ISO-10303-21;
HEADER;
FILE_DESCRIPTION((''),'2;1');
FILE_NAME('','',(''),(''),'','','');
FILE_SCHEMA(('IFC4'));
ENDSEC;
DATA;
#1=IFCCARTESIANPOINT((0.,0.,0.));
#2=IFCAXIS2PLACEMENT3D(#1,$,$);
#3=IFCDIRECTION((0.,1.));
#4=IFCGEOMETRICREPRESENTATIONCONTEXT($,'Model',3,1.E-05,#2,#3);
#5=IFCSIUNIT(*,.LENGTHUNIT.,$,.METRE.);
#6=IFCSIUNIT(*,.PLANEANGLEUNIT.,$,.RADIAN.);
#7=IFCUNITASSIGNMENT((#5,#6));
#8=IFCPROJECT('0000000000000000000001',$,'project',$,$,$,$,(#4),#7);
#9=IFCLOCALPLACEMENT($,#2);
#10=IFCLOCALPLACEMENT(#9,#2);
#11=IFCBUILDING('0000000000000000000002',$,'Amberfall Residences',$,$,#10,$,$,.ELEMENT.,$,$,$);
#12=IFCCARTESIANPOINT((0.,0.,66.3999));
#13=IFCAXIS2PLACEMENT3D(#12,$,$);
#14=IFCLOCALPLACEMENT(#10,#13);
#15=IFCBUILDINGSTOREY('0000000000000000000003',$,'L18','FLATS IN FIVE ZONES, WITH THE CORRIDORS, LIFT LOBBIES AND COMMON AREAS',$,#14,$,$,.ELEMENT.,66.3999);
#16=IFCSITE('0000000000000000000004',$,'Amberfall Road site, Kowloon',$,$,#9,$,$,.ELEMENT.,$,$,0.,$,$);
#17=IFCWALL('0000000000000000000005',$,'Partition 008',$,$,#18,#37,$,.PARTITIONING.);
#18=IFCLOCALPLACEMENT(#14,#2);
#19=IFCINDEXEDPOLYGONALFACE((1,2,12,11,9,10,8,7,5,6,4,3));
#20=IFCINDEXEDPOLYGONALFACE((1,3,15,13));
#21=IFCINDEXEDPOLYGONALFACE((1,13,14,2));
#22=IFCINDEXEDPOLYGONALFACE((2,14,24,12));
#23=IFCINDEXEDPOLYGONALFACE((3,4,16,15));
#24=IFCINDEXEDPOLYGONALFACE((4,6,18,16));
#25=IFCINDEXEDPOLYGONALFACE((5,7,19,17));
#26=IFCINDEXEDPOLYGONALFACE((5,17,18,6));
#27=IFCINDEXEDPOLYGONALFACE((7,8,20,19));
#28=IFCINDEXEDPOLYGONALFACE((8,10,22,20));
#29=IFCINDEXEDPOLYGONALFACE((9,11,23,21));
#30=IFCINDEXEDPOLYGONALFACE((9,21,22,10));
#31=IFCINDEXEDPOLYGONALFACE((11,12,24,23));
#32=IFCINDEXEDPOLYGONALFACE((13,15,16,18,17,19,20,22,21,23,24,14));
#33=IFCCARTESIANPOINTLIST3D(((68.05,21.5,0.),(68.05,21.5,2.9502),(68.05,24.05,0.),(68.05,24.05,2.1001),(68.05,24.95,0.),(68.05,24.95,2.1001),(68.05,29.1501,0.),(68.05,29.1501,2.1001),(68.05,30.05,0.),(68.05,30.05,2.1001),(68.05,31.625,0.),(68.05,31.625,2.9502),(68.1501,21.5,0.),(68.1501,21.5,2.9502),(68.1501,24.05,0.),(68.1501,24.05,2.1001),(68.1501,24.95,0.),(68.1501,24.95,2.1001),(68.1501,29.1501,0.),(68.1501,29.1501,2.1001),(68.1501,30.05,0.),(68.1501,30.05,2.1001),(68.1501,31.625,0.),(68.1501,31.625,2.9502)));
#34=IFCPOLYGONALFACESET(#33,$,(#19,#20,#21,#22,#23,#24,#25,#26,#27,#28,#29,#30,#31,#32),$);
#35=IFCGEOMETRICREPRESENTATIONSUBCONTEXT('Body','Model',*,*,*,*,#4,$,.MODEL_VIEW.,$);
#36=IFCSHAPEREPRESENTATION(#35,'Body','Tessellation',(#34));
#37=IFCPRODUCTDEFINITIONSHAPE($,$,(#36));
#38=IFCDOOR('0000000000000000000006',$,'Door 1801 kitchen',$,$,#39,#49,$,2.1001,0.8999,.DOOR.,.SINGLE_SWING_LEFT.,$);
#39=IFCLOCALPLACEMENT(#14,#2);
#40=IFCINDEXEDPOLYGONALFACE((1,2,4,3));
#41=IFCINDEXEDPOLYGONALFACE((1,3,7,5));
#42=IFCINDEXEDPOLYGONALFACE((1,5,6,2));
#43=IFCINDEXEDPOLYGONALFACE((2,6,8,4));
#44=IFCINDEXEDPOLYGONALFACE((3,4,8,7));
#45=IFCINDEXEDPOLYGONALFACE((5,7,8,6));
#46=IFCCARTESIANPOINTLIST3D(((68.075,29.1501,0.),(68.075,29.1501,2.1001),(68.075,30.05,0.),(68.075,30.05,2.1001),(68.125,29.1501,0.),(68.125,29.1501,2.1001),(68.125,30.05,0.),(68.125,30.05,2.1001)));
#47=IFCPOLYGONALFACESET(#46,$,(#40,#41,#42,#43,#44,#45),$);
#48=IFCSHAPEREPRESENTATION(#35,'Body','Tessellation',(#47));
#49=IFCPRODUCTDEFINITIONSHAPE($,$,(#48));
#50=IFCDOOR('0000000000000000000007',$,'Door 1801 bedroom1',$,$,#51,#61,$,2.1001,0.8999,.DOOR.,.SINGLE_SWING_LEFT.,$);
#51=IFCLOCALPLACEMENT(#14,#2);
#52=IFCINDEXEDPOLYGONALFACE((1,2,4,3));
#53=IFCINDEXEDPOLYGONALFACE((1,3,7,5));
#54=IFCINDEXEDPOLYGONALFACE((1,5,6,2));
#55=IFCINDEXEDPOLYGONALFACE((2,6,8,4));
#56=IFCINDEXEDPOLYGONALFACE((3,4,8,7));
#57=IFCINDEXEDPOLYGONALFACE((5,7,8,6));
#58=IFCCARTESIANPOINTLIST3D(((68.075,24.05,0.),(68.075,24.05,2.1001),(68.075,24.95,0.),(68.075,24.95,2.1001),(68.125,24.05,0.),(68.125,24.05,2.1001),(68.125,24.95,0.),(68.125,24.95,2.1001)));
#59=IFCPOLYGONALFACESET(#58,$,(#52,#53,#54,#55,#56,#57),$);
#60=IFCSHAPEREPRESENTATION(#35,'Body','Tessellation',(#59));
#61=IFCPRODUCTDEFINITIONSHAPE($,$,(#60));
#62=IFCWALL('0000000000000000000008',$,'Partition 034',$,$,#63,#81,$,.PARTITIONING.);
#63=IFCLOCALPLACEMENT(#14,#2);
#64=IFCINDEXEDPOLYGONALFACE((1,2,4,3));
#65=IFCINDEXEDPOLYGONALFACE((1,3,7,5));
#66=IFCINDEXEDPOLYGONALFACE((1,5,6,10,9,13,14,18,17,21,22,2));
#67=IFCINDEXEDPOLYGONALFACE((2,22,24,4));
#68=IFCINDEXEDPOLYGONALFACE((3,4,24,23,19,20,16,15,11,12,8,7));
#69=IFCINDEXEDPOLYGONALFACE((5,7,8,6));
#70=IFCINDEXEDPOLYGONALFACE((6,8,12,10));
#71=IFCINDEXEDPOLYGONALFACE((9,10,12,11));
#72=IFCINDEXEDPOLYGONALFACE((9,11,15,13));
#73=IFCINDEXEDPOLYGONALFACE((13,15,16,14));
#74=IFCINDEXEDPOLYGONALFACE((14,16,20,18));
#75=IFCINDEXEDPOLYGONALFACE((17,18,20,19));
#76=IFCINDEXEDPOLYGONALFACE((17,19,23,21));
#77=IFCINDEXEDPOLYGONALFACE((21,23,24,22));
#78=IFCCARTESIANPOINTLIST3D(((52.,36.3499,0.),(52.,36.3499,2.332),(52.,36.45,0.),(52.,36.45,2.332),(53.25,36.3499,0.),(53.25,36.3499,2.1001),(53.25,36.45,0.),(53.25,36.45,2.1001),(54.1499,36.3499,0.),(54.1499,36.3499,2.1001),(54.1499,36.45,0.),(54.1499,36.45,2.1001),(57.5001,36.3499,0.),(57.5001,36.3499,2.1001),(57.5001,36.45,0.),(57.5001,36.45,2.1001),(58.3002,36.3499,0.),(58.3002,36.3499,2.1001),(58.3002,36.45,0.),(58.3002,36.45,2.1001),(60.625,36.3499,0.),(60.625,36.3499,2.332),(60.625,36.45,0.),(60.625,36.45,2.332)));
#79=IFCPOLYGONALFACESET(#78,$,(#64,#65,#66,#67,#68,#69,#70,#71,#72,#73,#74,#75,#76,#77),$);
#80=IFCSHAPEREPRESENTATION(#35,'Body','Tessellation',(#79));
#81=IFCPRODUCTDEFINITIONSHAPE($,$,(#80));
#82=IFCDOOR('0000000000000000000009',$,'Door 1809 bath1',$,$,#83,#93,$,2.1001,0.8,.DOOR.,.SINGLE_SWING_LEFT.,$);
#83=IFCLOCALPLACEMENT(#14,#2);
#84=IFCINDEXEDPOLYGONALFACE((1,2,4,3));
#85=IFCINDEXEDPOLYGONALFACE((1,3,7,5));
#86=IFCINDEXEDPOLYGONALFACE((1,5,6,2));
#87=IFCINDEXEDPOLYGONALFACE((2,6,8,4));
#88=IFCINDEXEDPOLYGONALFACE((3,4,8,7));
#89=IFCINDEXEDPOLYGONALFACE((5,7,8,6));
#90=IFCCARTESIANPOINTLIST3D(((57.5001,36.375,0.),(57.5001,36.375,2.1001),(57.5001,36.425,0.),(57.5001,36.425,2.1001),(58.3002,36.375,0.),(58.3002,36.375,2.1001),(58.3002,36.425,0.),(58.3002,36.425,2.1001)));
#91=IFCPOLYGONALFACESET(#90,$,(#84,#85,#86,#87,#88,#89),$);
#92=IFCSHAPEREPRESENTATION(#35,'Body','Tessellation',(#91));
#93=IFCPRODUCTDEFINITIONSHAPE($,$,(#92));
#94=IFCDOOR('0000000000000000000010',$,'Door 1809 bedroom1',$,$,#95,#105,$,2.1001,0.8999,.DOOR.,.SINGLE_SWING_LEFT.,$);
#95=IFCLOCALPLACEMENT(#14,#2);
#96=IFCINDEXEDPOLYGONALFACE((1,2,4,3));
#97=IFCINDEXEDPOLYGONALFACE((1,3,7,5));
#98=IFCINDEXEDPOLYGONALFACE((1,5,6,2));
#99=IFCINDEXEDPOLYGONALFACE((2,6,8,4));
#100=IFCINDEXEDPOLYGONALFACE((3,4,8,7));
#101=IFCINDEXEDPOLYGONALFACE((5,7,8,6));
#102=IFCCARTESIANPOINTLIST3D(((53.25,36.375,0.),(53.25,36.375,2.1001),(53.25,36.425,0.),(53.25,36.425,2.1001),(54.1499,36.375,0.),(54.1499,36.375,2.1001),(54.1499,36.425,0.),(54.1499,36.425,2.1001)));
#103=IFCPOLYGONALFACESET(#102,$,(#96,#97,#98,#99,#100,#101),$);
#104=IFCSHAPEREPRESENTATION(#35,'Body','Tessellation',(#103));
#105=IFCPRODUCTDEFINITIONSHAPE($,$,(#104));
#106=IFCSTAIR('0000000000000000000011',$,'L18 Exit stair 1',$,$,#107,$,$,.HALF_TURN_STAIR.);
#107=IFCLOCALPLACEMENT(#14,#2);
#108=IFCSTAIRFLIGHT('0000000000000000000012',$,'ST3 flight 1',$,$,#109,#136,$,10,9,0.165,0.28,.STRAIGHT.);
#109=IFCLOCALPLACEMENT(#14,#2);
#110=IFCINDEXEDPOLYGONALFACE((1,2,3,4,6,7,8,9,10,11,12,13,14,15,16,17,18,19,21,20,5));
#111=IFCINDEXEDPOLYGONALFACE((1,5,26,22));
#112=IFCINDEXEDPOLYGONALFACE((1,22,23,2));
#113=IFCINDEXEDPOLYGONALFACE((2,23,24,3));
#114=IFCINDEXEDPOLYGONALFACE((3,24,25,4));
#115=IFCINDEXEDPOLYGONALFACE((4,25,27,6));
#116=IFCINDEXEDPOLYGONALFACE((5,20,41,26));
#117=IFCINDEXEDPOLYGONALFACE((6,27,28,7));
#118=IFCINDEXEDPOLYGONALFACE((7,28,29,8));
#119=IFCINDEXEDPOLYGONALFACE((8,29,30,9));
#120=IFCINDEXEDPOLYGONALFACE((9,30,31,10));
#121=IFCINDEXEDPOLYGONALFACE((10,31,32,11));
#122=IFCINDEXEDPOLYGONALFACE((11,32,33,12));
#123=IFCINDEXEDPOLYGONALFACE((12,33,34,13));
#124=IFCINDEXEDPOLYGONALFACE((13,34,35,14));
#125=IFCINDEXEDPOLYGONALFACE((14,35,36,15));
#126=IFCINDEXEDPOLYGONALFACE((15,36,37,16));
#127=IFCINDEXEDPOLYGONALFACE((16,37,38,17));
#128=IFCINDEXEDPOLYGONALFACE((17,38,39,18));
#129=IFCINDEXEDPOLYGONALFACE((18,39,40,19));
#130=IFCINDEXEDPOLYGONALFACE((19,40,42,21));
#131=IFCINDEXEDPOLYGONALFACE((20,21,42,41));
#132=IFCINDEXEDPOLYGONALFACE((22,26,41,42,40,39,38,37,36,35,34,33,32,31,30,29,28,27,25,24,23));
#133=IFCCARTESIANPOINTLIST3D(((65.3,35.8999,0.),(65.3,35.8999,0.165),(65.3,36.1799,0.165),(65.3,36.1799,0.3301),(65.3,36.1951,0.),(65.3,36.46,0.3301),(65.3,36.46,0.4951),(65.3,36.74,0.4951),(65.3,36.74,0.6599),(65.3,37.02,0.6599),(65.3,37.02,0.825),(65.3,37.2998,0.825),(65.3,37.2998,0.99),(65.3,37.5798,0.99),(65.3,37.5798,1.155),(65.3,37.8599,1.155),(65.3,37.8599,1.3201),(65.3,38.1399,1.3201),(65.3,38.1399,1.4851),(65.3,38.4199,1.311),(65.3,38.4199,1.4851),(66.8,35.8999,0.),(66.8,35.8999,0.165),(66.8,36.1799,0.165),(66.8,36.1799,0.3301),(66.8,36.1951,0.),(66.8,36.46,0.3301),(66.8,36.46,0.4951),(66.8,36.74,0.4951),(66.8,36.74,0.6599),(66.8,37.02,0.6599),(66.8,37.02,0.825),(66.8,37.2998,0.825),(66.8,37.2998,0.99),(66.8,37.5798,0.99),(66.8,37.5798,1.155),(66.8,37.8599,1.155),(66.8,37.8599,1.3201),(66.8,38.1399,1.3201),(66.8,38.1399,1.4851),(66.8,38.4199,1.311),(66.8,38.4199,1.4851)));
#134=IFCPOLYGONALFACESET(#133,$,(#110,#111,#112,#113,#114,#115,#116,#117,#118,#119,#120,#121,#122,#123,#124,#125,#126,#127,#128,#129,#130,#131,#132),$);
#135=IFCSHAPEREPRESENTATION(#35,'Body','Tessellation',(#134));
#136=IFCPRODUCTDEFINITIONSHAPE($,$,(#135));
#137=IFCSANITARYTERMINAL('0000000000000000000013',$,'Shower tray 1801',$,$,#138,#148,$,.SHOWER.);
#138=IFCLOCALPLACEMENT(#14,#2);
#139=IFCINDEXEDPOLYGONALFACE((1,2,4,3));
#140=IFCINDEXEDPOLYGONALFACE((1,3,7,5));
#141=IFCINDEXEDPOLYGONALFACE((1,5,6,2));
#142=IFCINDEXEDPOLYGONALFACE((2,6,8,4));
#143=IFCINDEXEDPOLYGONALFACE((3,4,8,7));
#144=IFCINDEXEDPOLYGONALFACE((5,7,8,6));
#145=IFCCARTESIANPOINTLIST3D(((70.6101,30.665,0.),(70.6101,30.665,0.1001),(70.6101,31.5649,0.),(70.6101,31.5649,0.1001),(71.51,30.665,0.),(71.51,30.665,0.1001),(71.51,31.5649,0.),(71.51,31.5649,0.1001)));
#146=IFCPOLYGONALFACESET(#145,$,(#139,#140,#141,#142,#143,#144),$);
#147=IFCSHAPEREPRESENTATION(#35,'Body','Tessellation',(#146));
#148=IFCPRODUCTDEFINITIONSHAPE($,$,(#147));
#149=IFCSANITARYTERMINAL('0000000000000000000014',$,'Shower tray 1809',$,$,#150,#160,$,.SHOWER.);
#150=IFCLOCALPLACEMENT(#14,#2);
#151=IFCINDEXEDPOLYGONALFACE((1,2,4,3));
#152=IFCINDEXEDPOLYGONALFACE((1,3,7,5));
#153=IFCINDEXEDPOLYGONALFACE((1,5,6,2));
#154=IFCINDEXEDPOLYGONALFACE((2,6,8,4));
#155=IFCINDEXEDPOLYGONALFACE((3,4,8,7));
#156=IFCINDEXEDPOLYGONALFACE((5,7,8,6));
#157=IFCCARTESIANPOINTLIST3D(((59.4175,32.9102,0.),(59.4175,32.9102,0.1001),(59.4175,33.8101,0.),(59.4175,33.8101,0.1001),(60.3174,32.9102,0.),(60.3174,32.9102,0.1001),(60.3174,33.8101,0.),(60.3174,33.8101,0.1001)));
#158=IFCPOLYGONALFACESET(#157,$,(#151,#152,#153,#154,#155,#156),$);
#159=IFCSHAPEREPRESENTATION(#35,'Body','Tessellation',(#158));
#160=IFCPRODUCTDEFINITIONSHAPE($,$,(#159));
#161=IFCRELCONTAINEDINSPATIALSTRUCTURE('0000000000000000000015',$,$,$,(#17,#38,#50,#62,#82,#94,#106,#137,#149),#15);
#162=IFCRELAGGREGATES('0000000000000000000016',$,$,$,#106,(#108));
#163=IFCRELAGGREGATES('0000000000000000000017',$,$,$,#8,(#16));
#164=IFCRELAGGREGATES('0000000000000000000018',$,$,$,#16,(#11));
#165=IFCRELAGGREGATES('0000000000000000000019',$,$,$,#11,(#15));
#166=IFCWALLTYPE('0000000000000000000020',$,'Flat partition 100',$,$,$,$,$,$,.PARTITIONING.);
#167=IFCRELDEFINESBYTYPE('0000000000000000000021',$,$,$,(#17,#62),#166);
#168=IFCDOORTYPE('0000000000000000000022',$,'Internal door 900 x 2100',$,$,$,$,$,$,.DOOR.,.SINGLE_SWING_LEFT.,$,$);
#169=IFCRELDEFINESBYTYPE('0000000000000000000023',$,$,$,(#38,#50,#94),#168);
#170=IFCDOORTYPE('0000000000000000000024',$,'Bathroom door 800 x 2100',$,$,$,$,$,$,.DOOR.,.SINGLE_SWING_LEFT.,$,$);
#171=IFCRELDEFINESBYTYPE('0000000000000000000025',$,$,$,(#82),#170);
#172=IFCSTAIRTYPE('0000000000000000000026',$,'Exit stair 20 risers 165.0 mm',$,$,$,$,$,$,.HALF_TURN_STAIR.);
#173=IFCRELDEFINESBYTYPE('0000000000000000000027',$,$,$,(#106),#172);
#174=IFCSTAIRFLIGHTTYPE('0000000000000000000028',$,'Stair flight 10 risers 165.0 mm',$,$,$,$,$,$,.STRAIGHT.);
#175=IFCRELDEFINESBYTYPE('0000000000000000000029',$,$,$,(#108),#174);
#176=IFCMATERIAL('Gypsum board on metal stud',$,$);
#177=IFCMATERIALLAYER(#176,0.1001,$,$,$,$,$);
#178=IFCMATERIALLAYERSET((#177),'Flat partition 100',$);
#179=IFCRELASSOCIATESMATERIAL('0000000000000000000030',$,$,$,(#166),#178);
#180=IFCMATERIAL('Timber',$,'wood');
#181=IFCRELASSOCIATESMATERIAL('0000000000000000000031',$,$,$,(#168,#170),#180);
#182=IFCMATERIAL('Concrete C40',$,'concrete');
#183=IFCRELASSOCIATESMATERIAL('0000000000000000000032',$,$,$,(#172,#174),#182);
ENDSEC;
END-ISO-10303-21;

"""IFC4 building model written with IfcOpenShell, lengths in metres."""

from ifc_helpers import new_model, si_unit, direction, frame, frame_2d, origin, origin_2d, place, context, subcontext, project, spatial, polyline, rectangle, outline, extrude, material, layer, layer_set, type_object, element, fill, aggregate, save


model = new_model("IFC4")

# Units and contexts
model_context = context("Model", 3, precision=1e-05, world=origin(), true_north=direction((0.0, 1.0)))
body_context = subcontext(model_context, "Body", "Model", "MODEL_VIEW")
ifc_project = project(units=[si_unit("LENGTHUNIT", "METRE"), si_unit("PLANEANGLEUNIT", "RADIAN")], contexts=[model_context])

# Site, building, storey
site_placement = place(None, origin())
site = spatial("IfcSite", under=ifc_project, at=site_placement, Name="Amberfall Road site, Kowloon", CompositionType="ELEMENT", RefElevation=0.0)
building_placement = place(site_placement, origin())
building = spatial("IfcBuilding", under=site, at=building_placement, Name="Amberfall Residences", CompositionType="ELEMENT")
storey_placement = place(building_placement, frame((0.0, 0.0, 66.3999)))
storey = spatial("IfcBuildingStorey", under=building, at=storey_placement, Name="L18", Description="FLATS IN FIVE ZONES, WITH THE CORRIDORS, LIFT LOBBIES AND COMMON AREAS", CompositionType="ELEMENT", Elevation=66.3999)

# Walls, openings, doors
ifc_material_1 = material(Name="Gypsum board on metal stud")
ifc_layer_1 = layer(ifc_material_1, 0.1001)
ifc_layer_set_1 = layer_set([ifc_layer_1], Name="Flat partition 100")
wall_type_1 = type_object("IfcWallType", Name="Flat partition 100", PredefinedType="PARTITIONING", material=ifc_layer_set_1)
wall_1_placement = place(storey_placement, frame((68.1001, 31.625, 0.0), z_axis=(0.0, 0.0, 1.0), x_axis=(0.0, -1.0, 0.0)))
wall_1 = element("IfcWall", 1, at=wall_1_placement, inside=storey, type_object=wall_type_1, Name="Partition 008", PredefinedType="PARTITIONING", context=body_context, shape_type="SweptSolid", body=[
    extrude(rectangle(XDim=10.125, YDim=0.1001, at=frame_2d((5.0625, 0.0))), origin(), (0.0, 0.0, 1.0), 2.9502),
])
opening_1_placement = place(wall_1_placement, frame((1.575, 0.0, 0.0)))
opening_1 = element("IfcOpeningElement", 2, at=opening_1_placement, cuts=wall_1, PredefinedType="OPENING", context=body_context, shape_type="SweptSolid", body=[
    extrude(rectangle(XDim=0.8999, YDim=2.1001, at=frame_2d((0.45, 1.05))), frame((0.0, 0.0601, 0.0), z_axis=(0.0, -1.0, 0.0), x_axis=(1.0, 0.0, 0.0)), (0.0, 0.0, 1.0), 0.1201),
])
opening_2_placement = place(wall_1_placement, frame((6.675, 0.0, 0.0)))
opening_2 = element("IfcOpeningElement", 3, at=opening_2_placement, cuts=wall_1, PredefinedType="OPENING", context=body_context, shape_type="SweptSolid", body=[
    extrude(rectangle(XDim=0.8999, YDim=2.1001, at=frame_2d((0.45, 1.05))), frame((0.0, 0.0601, 0.0), z_axis=(0.0, -1.0, 0.0), x_axis=(1.0, 0.0, 0.0)), (0.0, 0.0, 1.0), 0.1201),
])
ifc_material_2 = material(Name="Timber", Category="wood")
door_type_1 = type_object("IfcDoorType", Name="Internal door 900 x 2100", OperationType="SINGLE_SWING_LEFT", PredefinedType="DOOR", material=ifc_material_2)
door_1_placement = place(opening_1_placement, origin())
door_1 = element("IfcDoor", 4, at=door_1_placement, inside=storey, type_object=door_type_1, Name="Door 1801 kitchen", OperationType="SINGLE_SWING_LEFT", OverallHeight=2.1001, OverallWidth=0.8999, PredefinedType="DOOR", context=body_context, shape_type="SweptSolid", body=[
    extrude(rectangle(XDim=0.8999, YDim=2.1001, at=frame_2d((0.45, 1.05))), frame((0.0, 0.0249, 0.0), z_axis=(0.0, -1.0, 0.0), x_axis=(1.0, 0.0, 0.0)), (0.0, 0.0, 1.0), 0.05),
])
fill(opening_1, door_1)
door_2_placement = place(opening_2_placement, origin())
door_2 = element("IfcDoor", 5, at=door_2_placement, inside=storey, type_object=door_type_1, Name="Door 1801 bedroom1", OperationType="SINGLE_SWING_LEFT", OverallHeight=2.1001, OverallWidth=0.8999, PredefinedType="DOOR", context=body_context, shape_type="SweptSolid", body=[
    extrude(rectangle(XDim=0.8999, YDim=2.1001, at=frame_2d((0.45, 1.05))), frame((0.0, 0.0249, 0.0), z_axis=(0.0, -1.0, 0.0), x_axis=(1.0, 0.0, 0.0)), (0.0, 0.0, 1.0), 0.05),
])
fill(opening_2, door_2)
wall_2_placement = place(storey_placement, frame((60.625, 36.3999, 0.0), z_axis=(0.0, 0.0, 1.0), x_axis=(-1.0, 0.0, 0.0)))
wall_2 = element("IfcWall", 6, at=wall_2_placement, inside=storey, type_object=wall_type_1, Name="Partition 034", PredefinedType="PARTITIONING", context=body_context, shape_type="SweptSolid", body=[
    extrude(rectangle(XDim=8.625, YDim=0.1001, at=frame_2d((4.3125, 0.0))), origin(), (0.0, 0.0, 1.0), 2.332),
])
opening_3_placement = place(wall_2_placement, frame((6.4751, 0.0, 0.0)))
opening_3 = element("IfcOpeningElement", 7, at=opening_3_placement, cuts=wall_2, PredefinedType="OPENING", context=body_context, shape_type="SweptSolid", body=[
    extrude(rectangle(XDim=0.8999, YDim=2.1001, at=frame_2d((0.45, 1.05))), frame((0.0, 0.0601, 0.0), z_axis=(0.0, -1.0, 0.0), x_axis=(1.0, 0.0, 0.0)), (0.0, 0.0, 1.0), 0.1201),
])
opening_4_placement = place(wall_2_placement, frame((2.325, 0.0, 0.0)))
opening_4 = element("IfcOpeningElement", 8, at=opening_4_placement, cuts=wall_2, PredefinedType="OPENING", context=body_context, shape_type="SweptSolid", body=[
    extrude(rectangle(XDim=0.8, YDim=2.1001, at=frame_2d((0.3999, 1.05))), frame((0.0, 0.0601, 0.0), z_axis=(0.0, -1.0, 0.0), x_axis=(1.0, 0.0, 0.0)), (0.0, 0.0, 1.0), 0.1201),
])
door_type_2 = type_object("IfcDoorType", Name="Bathroom door 800 x 2100", OperationType="SINGLE_SWING_LEFT", PredefinedType="DOOR", material=ifc_material_2)
door_3_placement = place(opening_4_placement, origin())
door_3 = element("IfcDoor", 9, at=door_3_placement, inside=storey, type_object=door_type_2, Name="Door 1809 bath1", OperationType="SINGLE_SWING_LEFT", OverallHeight=2.1001, OverallWidth=0.8, PredefinedType="DOOR", context=body_context, shape_type="SweptSolid", body=[
    extrude(rectangle(XDim=0.8, YDim=2.1001, at=frame_2d((0.3999, 1.05))), frame((0.0, 0.0249, 0.0), z_axis=(0.0, -1.0, 0.0), x_axis=(1.0, 0.0, 0.0)), (0.0, 0.0, 1.0), 0.05),
])
fill(opening_4, door_3)
door_4_placement = place(opening_3_placement, origin())
door_4 = element("IfcDoor", 10, at=door_4_placement, inside=storey, type_object=door_type_1, Name="Door 1809 bedroom1", OperationType="SINGLE_SWING_LEFT", OverallHeight=2.1001, OverallWidth=0.8999, PredefinedType="DOOR", context=body_context, shape_type="SweptSolid", body=[
    extrude(rectangle(XDim=0.8999, YDim=2.1001, at=frame_2d((0.45, 1.05))), frame((0.0, 0.0249, 0.0), z_axis=(0.0, -1.0, 0.0), x_axis=(1.0, 0.0, 0.0)), (0.0, 0.0, 1.0), 0.05),
])
fill(opening_3, door_4)

# Stair, stair flight
ifc_material_3 = material(Name="Concrete C40", Category="concrete")
stair_type = type_object("IfcStairType", Name="Exit stair 20 risers 165.0 mm", PredefinedType="HALF_TURN_STAIR", material=ifc_material_3)
stair_placement = place(storey_placement, origin())
stair = element("IfcStair", 11, at=stair_placement, inside=storey, type_object=stair_type, Name="L18 Exit stair 1", PredefinedType="HALF_TURN_STAIR")
stair_flight_type = type_object("IfcStairFlightType", Name="Stair flight 10 risers 165.0 mm", PredefinedType="STRAIGHT", material=ifc_material_3)
stair_flight_placement = place(storey_placement, frame((66.05, 35.8999, 0.0), z_axis=(0.0, 0.0, 1.0), x_axis=(0.0, 1.0, 0.0)))
stair_flight = element("IfcStairFlight", 12, at=stair_flight_placement, type_object=stair_flight_type, Name="ST3 flight 1", NumberOfRisers=10, NumberOfTreads=9, PredefinedType="STRAIGHT", RiserHeight=0.165, TreadLength=0.28, context=body_context, shape_type="SweptSolid", body=[
    extrude(outline(polyline([(0.0, 0.0), (0.0, 0.165), (0.28, 0.165), (0.28, 0.3301), (0.5601, 0.3301), (0.5601, 0.4951), (0.8401, 0.4951), (0.8401, 0.6599), (1.1201, 0.6599), (1.1201, 0.825), (1.3999, 0.825), (1.3999, 0.99), (1.6799, 0.99), (1.6799, 1.155), (1.96, 1.155), (1.96, 1.3201), (2.24, 1.3201), (2.24, 1.4851), (2.52, 1.4851), (2.52, 1.6499), (2.52, 1.311), (0.2952, 0.0), (0.0, 0.0)])), frame((0.0, 0.75, 0.0), z_axis=(0.0, -1.0, 0.0), x_axis=(1.0, 0.0, 0.0)), (0.0, 0.0, 1.0), 1.5),
])
aggregate(stair, [stair_flight])

# Sanitary terminals
for number, where, z_axis, x_axis, name in (
    (13, (71.0601, 31.115, 0.0), (0.0, 0.0, 1.0), (1.0, 0.0, 0.0), "Shower tray 1801"),
    (14, (59.8674, 33.3601, 0.0), (0.0, 0.0, 1.0), (1.0, 0.0, 0.0), "Shower tray 1809"),
):
    element("IfcSanitaryTerminal", number, at=place(storey_placement, frame(where, z_axis=z_axis, x_axis=x_axis)), inside=storey, Name=name, PredefinedType="SHOWER", context=body_context, shape_type="SweptSolid", body=[
        extrude(rectangle(XDim=0.8999, YDim=0.8999, at=origin_2d()), origin(), (0.0, 0.0, 1.0), 0.1001),
    ])

save(model, "model.ifc")
